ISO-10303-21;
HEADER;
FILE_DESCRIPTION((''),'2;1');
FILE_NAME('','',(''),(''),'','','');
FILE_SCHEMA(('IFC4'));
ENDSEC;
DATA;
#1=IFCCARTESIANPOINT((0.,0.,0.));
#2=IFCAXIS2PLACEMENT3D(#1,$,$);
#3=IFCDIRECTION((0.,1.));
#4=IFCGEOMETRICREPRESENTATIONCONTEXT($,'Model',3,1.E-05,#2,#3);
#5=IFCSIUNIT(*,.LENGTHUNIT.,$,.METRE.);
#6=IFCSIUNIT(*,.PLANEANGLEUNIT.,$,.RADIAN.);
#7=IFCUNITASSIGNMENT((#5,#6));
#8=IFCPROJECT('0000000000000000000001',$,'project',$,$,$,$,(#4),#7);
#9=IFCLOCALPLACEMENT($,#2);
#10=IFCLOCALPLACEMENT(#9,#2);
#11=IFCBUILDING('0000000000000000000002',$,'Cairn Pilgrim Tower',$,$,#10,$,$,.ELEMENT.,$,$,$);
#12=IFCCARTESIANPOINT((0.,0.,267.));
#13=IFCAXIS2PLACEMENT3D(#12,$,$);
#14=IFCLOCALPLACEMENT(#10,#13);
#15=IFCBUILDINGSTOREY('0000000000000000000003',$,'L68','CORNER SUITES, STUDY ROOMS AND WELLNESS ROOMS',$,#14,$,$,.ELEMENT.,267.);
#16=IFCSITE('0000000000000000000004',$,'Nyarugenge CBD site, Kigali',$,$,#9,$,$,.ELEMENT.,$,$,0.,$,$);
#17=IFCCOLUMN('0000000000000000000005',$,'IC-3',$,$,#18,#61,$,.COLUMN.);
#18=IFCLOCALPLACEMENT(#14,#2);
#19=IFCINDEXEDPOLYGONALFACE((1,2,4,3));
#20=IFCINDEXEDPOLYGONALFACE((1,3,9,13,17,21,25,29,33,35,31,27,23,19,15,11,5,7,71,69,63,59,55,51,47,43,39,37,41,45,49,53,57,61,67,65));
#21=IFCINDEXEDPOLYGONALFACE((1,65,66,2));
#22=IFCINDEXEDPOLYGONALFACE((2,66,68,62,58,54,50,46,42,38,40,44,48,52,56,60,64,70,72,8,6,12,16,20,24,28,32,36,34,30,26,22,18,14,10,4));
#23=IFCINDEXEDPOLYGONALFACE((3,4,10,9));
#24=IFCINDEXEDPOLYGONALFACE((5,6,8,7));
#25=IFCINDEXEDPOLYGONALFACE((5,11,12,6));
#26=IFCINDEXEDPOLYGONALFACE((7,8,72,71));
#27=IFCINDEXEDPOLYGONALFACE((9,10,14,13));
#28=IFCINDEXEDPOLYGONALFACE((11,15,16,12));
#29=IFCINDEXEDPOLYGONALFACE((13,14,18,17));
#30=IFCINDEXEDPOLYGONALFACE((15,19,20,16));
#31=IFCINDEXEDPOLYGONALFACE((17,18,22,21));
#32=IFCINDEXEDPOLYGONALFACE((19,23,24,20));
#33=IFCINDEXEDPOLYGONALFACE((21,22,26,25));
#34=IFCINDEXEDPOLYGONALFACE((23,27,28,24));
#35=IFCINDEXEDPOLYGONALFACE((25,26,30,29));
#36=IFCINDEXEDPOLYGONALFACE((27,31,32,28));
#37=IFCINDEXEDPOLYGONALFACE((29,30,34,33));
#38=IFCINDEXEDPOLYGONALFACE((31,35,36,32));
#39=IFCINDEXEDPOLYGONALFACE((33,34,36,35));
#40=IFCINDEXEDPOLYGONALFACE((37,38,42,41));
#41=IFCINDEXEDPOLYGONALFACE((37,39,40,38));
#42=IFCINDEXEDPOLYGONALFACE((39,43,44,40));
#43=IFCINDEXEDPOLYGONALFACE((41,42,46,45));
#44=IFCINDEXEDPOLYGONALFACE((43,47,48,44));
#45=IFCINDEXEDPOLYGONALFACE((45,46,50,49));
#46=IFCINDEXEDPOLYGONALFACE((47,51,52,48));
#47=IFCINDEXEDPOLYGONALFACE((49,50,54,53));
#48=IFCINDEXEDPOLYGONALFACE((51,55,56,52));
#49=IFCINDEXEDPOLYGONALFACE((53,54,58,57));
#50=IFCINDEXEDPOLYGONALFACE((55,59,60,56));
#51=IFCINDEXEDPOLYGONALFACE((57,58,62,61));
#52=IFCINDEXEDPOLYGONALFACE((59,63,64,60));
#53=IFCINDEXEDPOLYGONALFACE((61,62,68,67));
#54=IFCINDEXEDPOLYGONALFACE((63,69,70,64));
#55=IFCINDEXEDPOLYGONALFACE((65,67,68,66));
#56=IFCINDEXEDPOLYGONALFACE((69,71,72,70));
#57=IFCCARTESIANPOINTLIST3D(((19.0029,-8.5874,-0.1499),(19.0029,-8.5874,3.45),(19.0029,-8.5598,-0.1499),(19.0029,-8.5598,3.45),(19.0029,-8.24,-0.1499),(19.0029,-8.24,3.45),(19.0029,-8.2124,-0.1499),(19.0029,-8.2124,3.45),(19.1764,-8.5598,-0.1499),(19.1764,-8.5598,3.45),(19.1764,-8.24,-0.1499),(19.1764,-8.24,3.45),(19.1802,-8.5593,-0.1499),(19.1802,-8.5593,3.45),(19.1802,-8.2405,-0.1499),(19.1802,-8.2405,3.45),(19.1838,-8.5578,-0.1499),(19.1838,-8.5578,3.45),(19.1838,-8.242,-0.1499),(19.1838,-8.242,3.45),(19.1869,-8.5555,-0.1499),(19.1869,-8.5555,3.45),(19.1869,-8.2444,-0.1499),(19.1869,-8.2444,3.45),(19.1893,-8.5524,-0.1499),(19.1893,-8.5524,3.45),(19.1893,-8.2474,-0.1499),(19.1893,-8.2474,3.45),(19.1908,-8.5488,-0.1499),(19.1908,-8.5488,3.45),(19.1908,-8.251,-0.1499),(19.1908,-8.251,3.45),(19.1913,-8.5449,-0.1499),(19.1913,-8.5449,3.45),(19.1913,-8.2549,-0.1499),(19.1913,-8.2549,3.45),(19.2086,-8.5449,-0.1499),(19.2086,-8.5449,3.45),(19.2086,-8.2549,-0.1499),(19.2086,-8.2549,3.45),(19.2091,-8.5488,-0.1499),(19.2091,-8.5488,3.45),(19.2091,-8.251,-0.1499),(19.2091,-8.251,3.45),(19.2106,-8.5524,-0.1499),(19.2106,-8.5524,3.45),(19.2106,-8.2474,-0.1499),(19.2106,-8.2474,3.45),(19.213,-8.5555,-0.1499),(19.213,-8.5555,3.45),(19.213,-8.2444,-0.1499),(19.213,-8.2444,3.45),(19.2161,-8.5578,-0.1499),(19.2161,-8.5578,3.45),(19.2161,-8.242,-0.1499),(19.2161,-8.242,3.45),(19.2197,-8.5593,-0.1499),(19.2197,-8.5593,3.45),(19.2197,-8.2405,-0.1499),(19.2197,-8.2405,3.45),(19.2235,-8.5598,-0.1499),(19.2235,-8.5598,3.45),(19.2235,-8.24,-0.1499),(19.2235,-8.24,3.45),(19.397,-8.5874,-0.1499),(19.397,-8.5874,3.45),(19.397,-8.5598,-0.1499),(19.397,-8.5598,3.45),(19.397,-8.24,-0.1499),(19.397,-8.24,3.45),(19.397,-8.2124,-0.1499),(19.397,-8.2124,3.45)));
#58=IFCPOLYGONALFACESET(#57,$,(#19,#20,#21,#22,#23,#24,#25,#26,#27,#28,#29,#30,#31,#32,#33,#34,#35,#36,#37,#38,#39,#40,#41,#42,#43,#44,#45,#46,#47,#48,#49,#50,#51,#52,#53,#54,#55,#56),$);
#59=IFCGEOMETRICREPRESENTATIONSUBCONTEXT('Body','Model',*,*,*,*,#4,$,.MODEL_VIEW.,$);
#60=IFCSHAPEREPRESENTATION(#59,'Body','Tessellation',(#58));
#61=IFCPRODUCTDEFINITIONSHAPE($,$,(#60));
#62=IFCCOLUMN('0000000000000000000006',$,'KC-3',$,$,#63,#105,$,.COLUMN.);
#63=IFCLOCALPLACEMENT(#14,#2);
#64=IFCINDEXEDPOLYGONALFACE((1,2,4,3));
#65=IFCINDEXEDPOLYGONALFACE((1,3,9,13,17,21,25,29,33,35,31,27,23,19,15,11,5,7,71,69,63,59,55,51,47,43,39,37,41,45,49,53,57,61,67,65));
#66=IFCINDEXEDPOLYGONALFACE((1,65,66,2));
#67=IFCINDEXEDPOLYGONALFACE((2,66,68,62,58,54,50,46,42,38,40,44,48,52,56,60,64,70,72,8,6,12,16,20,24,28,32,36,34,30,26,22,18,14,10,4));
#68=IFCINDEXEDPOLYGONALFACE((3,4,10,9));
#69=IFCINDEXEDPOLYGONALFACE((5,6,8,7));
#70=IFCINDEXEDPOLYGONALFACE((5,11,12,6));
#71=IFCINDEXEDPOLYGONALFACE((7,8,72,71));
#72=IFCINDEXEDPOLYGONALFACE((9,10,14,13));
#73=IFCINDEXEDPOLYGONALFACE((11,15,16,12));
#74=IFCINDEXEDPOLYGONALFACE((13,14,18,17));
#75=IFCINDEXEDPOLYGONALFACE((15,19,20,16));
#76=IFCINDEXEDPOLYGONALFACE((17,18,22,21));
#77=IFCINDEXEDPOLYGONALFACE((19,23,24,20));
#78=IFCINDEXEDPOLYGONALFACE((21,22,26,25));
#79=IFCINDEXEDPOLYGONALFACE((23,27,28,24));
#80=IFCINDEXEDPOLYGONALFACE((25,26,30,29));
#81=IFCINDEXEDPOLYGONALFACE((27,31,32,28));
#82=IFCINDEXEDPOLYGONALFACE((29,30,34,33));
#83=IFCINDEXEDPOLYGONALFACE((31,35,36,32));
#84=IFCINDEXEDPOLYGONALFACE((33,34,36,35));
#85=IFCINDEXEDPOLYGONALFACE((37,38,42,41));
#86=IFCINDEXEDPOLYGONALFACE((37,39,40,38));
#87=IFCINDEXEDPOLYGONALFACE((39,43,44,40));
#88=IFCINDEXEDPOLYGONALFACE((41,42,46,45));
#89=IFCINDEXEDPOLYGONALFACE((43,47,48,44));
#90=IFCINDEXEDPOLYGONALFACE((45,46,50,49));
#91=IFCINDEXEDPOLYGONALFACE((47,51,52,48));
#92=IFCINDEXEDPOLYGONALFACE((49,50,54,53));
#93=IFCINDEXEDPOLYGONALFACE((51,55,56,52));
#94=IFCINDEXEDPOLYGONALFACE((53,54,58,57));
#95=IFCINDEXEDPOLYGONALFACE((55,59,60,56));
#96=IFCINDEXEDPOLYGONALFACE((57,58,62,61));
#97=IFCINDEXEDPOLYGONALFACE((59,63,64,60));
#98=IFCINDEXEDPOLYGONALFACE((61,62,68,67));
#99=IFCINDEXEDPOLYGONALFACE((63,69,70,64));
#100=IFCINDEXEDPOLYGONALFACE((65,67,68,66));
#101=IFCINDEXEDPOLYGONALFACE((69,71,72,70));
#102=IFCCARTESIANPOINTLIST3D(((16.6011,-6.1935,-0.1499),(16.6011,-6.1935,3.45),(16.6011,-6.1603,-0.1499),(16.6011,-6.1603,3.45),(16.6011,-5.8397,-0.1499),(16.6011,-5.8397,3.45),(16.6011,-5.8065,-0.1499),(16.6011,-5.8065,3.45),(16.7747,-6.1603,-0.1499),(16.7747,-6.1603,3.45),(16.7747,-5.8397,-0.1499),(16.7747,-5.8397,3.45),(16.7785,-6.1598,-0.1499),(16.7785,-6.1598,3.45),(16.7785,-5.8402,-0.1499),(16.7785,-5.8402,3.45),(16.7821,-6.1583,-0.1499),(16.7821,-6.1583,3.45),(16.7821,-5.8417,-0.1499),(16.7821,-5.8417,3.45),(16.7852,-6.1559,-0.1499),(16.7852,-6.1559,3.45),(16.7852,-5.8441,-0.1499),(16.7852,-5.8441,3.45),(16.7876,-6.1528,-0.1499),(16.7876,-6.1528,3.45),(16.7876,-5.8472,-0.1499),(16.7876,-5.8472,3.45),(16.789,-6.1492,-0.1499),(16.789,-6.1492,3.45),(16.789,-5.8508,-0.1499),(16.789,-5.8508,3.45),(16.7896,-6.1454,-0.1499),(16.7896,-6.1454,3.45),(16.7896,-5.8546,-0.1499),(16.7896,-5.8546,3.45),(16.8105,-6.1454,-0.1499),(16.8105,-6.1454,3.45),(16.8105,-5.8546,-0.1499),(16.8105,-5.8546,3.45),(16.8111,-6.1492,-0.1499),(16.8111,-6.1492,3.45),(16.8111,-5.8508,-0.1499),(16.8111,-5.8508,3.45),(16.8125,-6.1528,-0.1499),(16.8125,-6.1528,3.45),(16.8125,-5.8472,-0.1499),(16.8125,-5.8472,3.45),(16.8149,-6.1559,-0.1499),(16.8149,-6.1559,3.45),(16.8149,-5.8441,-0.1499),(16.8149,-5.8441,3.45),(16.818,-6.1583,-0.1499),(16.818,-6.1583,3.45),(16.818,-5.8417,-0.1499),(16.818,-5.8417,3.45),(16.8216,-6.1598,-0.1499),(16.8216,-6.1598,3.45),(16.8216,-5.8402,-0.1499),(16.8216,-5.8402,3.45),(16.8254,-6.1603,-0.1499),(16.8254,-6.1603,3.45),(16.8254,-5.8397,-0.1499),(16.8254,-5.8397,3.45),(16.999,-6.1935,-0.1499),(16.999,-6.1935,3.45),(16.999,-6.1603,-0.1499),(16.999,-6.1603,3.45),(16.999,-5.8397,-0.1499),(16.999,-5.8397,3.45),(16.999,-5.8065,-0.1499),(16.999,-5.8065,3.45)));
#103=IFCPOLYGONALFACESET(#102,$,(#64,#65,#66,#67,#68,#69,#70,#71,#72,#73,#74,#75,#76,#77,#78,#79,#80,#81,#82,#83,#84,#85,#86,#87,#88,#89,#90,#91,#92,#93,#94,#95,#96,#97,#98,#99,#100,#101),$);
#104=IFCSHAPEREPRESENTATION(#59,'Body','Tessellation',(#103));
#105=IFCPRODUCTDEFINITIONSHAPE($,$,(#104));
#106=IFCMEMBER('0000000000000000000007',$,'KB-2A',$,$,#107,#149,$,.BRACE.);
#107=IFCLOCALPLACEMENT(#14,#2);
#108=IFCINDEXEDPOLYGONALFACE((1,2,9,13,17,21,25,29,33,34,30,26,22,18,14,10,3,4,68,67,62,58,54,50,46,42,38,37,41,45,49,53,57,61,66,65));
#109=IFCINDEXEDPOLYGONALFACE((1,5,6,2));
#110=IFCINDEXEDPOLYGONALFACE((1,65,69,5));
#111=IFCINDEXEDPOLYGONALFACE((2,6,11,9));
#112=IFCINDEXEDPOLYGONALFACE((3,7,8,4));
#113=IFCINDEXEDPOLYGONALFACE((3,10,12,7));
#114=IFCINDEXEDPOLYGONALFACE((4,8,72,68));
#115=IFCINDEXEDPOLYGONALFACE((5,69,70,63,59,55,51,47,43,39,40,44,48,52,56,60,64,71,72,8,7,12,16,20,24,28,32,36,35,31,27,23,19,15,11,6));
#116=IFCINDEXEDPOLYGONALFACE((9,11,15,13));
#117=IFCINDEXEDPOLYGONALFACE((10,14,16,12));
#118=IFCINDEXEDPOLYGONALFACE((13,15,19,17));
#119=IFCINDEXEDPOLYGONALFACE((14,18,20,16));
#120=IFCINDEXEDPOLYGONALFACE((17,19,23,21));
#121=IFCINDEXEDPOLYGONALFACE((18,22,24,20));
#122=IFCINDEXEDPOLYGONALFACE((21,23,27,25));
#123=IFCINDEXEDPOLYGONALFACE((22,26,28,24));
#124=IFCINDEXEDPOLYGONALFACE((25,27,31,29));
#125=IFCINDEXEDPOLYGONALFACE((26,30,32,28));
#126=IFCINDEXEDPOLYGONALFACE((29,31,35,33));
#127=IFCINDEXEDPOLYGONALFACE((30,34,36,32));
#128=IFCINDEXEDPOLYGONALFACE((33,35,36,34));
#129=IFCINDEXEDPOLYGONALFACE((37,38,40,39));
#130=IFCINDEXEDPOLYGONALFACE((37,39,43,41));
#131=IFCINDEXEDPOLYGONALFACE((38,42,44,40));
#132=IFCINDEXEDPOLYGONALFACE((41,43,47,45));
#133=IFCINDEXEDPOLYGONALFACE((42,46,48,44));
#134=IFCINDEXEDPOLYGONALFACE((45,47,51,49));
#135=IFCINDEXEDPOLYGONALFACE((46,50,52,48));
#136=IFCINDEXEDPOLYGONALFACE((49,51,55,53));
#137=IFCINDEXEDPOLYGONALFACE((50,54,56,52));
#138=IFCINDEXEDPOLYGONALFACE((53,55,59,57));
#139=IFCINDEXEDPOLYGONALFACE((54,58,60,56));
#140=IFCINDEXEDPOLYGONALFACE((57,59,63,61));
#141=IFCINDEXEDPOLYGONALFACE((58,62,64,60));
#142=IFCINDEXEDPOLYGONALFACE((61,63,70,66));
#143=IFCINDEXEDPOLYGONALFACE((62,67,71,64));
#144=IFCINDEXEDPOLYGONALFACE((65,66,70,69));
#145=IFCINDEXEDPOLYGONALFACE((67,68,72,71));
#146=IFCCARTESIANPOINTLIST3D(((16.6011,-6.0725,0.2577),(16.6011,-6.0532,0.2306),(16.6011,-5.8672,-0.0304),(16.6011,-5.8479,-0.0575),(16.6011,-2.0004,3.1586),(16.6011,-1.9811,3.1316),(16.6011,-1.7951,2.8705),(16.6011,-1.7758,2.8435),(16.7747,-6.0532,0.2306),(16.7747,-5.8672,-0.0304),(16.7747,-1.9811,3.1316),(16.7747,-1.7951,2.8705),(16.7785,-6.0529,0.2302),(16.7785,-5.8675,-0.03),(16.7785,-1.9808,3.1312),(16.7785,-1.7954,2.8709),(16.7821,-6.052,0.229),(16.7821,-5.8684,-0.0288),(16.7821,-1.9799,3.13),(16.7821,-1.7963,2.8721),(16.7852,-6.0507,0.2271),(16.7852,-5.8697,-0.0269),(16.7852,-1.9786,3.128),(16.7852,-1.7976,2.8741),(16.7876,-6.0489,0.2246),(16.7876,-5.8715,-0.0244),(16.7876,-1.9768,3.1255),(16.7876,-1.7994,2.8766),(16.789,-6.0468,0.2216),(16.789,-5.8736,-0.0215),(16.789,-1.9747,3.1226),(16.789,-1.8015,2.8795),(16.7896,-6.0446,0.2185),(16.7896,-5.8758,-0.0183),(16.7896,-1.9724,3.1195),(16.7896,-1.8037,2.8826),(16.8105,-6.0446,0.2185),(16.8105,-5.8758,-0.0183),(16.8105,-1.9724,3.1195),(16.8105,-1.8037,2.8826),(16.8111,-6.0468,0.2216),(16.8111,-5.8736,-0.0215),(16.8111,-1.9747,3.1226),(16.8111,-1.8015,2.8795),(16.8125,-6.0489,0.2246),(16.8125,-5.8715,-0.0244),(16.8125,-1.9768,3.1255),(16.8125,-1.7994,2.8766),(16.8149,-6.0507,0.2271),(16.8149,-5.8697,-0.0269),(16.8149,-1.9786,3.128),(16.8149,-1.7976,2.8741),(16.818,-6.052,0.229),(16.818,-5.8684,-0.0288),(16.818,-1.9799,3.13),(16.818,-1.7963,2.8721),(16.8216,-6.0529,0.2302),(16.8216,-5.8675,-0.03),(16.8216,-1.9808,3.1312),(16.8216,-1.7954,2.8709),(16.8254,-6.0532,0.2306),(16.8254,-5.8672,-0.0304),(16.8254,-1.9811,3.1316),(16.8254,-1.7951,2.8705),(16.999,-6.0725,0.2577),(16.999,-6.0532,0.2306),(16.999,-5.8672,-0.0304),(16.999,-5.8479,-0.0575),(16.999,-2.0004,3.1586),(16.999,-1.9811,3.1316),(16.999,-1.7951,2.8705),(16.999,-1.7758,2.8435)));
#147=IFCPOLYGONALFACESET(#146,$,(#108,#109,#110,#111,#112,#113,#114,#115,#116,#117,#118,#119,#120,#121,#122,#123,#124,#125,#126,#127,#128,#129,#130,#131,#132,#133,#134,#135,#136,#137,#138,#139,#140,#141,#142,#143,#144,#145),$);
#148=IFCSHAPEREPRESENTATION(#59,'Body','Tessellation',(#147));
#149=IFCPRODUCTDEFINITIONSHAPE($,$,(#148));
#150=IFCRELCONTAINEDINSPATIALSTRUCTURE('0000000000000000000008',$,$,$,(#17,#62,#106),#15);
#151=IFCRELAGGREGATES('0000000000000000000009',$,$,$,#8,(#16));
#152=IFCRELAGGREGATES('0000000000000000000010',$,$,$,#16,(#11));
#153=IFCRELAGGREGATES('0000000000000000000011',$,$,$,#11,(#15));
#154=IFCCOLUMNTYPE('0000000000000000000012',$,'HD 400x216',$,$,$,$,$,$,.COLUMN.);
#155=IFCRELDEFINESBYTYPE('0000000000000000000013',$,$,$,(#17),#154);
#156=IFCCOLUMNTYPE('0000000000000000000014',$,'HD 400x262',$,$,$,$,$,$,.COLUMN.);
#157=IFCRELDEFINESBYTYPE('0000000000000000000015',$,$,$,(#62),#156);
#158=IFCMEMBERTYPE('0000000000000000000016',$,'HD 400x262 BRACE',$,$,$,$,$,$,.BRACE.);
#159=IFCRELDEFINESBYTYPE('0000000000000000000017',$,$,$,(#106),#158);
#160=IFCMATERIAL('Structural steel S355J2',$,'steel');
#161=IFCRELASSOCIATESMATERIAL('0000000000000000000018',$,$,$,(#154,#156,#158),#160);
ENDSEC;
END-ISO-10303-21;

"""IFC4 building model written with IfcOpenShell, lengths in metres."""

from ifc_helpers import new_model, si_unit, direction, frame, origin, origin_2d, place, context, subcontext, project, spatial, i_section, extrude, material, material_profile, profile_set, type_object, element, save


model = new_model("IFC4")

# Units and contexts
model_context = context("Model", 3, precision=1e-05, world=origin(), true_north=direction((0.0, 1.0)))
body_context = subcontext(model_context, "Body", "Model", "MODEL_VIEW")
ifc_project = project(units=[si_unit("LENGTHUNIT", "METRE"), si_unit("PLANEANGLEUNIT", "RADIAN")], contexts=[model_context])

# Site, building, storey
site_placement = place(None, origin())
site = spatial("IfcSite", under=ifc_project, at=site_placement, Name="Nyarugenge CBD site, Kigali", CompositionType="ELEMENT", RefElevation=0.0)
building_placement = place(site_placement, origin())
building = spatial("IfcBuilding", under=site, at=building_placement, Name="Cairn Pilgrim Tower", CompositionType="ELEMENT")
storey_placement = place(building_placement, frame((0.0, 0.0, 267.0)))
storey = spatial("IfcBuildingStorey", under=building, at=storey_placement, Name="L68", Description="CORNER SUITES, STUDY ROOMS AND WELLNESS ROOMS", CompositionType="ELEMENT", Elevation=267.0)

# Columns
ifc_material_1 = material(Name="Structural steel S355J2", Category="steel")
ifc_material_profile_1 = material_profile(ifc_material_1, i_section(OverallWidth=0.394, OverallDepth=0.375, WebThickness=0.0173, FlangeThickness=0.0276, FilletRadius=0.0149, at=origin_2d()), Name="HD 400x216")
ifc_profile_set_1 = profile_set([ifc_material_profile_1], Name="Structural steel S355J2")
column_type_1 = type_object("IfcColumnType", Name="HD 400x216", PredefinedType="COLUMN", material=ifc_profile_set_1)
column_1_placement = place(storey_placement, frame((19.2, -8.3999, -0.1499), z_axis=(0.0, 0.0, 1.0), x_axis=(1.0, 0.0, 0.0)))
element("IfcColumn", 1, at=column_1_placement, inside=storey, type_object=column_type_1, Name="IC-3", PredefinedType="COLUMN", context=body_context, shape_type="SweptSolid", body=[
    extrude(i_section(OverallWidth=0.394, OverallDepth=0.375, WebThickness=0.0173, FlangeThickness=0.0276, FilletRadius=0.0149, at=origin_2d()), origin(), (0.0, 0.0, 1.0), 3.5999),
])
ifc_material_profile_2 = material_profile(ifc_material_1, i_section(OverallWidth=0.3979, OverallDepth=0.387, WebThickness=0.021, FlangeThickness=0.0332, FilletRadius=0.0149, at=origin_2d()), Name="HD 400x262")
ifc_profile_set_2 = profile_set([ifc_material_profile_2], Name="Structural steel S355J2")
column_type_2 = type_object("IfcColumnType", Name="HD 400x262", PredefinedType="COLUMN", material=ifc_profile_set_2)
column_2_placement = place(storey_placement, frame((16.8, -6.0, -0.1499), z_axis=(0.0, 0.0, 1.0), x_axis=(1.0, 0.0, 0.0)))
element("IfcColumn", 2, at=column_2_placement, inside=storey, type_object=column_type_2, Name="KC-3", PredefinedType="COLUMN", context=body_context, shape_type="SweptSolid", body=[
    extrude(i_section(OverallWidth=0.3979, OverallDepth=0.387, WebThickness=0.021, FlangeThickness=0.0332, FilletRadius=0.0149, at=origin_2d()), origin(), (0.0, 0.0, 1.0), 3.5999),
])

# Member
ifc_material_profile_3 = material_profile(ifc_material_1, i_section(OverallWidth=0.3979, OverallDepth=0.387, WebThickness=0.021, FlangeThickness=0.0332, FilletRadius=0.0149, at=origin_2d()), Name="HD 400x262")
ifc_profile_set_3 = profile_set([ifc_material_profile_3], Name="Structural steel S355J2")
member_type = type_object("IfcMemberType", Name="HD 400x262 BRACE", PredefinedType="BRACE", material=ifc_profile_set_3)
member_placement = place(storey_placement, frame((16.8, -5.9602, 0.1001), z_axis=(0.0, 0.814462, 0.580217), x_axis=(-1.0, 0.0, 0.0)))
element("IfcMember", 3, at=member_placement, inside=storey, type_object=member_type, Name="KB-2A", PredefinedType="BRACE", context=body_context, shape_type="SweptSolid", body=[
    extrude(i_section(OverallWidth=0.3979, OverallDepth=0.387, WebThickness=0.021, FlangeThickness=0.0332, FilletRadius=0.0149, at=origin_2d()), origin(), (0.0, 0.0, 1.0), 4.9998),
])

save(model, "model.ifc")
